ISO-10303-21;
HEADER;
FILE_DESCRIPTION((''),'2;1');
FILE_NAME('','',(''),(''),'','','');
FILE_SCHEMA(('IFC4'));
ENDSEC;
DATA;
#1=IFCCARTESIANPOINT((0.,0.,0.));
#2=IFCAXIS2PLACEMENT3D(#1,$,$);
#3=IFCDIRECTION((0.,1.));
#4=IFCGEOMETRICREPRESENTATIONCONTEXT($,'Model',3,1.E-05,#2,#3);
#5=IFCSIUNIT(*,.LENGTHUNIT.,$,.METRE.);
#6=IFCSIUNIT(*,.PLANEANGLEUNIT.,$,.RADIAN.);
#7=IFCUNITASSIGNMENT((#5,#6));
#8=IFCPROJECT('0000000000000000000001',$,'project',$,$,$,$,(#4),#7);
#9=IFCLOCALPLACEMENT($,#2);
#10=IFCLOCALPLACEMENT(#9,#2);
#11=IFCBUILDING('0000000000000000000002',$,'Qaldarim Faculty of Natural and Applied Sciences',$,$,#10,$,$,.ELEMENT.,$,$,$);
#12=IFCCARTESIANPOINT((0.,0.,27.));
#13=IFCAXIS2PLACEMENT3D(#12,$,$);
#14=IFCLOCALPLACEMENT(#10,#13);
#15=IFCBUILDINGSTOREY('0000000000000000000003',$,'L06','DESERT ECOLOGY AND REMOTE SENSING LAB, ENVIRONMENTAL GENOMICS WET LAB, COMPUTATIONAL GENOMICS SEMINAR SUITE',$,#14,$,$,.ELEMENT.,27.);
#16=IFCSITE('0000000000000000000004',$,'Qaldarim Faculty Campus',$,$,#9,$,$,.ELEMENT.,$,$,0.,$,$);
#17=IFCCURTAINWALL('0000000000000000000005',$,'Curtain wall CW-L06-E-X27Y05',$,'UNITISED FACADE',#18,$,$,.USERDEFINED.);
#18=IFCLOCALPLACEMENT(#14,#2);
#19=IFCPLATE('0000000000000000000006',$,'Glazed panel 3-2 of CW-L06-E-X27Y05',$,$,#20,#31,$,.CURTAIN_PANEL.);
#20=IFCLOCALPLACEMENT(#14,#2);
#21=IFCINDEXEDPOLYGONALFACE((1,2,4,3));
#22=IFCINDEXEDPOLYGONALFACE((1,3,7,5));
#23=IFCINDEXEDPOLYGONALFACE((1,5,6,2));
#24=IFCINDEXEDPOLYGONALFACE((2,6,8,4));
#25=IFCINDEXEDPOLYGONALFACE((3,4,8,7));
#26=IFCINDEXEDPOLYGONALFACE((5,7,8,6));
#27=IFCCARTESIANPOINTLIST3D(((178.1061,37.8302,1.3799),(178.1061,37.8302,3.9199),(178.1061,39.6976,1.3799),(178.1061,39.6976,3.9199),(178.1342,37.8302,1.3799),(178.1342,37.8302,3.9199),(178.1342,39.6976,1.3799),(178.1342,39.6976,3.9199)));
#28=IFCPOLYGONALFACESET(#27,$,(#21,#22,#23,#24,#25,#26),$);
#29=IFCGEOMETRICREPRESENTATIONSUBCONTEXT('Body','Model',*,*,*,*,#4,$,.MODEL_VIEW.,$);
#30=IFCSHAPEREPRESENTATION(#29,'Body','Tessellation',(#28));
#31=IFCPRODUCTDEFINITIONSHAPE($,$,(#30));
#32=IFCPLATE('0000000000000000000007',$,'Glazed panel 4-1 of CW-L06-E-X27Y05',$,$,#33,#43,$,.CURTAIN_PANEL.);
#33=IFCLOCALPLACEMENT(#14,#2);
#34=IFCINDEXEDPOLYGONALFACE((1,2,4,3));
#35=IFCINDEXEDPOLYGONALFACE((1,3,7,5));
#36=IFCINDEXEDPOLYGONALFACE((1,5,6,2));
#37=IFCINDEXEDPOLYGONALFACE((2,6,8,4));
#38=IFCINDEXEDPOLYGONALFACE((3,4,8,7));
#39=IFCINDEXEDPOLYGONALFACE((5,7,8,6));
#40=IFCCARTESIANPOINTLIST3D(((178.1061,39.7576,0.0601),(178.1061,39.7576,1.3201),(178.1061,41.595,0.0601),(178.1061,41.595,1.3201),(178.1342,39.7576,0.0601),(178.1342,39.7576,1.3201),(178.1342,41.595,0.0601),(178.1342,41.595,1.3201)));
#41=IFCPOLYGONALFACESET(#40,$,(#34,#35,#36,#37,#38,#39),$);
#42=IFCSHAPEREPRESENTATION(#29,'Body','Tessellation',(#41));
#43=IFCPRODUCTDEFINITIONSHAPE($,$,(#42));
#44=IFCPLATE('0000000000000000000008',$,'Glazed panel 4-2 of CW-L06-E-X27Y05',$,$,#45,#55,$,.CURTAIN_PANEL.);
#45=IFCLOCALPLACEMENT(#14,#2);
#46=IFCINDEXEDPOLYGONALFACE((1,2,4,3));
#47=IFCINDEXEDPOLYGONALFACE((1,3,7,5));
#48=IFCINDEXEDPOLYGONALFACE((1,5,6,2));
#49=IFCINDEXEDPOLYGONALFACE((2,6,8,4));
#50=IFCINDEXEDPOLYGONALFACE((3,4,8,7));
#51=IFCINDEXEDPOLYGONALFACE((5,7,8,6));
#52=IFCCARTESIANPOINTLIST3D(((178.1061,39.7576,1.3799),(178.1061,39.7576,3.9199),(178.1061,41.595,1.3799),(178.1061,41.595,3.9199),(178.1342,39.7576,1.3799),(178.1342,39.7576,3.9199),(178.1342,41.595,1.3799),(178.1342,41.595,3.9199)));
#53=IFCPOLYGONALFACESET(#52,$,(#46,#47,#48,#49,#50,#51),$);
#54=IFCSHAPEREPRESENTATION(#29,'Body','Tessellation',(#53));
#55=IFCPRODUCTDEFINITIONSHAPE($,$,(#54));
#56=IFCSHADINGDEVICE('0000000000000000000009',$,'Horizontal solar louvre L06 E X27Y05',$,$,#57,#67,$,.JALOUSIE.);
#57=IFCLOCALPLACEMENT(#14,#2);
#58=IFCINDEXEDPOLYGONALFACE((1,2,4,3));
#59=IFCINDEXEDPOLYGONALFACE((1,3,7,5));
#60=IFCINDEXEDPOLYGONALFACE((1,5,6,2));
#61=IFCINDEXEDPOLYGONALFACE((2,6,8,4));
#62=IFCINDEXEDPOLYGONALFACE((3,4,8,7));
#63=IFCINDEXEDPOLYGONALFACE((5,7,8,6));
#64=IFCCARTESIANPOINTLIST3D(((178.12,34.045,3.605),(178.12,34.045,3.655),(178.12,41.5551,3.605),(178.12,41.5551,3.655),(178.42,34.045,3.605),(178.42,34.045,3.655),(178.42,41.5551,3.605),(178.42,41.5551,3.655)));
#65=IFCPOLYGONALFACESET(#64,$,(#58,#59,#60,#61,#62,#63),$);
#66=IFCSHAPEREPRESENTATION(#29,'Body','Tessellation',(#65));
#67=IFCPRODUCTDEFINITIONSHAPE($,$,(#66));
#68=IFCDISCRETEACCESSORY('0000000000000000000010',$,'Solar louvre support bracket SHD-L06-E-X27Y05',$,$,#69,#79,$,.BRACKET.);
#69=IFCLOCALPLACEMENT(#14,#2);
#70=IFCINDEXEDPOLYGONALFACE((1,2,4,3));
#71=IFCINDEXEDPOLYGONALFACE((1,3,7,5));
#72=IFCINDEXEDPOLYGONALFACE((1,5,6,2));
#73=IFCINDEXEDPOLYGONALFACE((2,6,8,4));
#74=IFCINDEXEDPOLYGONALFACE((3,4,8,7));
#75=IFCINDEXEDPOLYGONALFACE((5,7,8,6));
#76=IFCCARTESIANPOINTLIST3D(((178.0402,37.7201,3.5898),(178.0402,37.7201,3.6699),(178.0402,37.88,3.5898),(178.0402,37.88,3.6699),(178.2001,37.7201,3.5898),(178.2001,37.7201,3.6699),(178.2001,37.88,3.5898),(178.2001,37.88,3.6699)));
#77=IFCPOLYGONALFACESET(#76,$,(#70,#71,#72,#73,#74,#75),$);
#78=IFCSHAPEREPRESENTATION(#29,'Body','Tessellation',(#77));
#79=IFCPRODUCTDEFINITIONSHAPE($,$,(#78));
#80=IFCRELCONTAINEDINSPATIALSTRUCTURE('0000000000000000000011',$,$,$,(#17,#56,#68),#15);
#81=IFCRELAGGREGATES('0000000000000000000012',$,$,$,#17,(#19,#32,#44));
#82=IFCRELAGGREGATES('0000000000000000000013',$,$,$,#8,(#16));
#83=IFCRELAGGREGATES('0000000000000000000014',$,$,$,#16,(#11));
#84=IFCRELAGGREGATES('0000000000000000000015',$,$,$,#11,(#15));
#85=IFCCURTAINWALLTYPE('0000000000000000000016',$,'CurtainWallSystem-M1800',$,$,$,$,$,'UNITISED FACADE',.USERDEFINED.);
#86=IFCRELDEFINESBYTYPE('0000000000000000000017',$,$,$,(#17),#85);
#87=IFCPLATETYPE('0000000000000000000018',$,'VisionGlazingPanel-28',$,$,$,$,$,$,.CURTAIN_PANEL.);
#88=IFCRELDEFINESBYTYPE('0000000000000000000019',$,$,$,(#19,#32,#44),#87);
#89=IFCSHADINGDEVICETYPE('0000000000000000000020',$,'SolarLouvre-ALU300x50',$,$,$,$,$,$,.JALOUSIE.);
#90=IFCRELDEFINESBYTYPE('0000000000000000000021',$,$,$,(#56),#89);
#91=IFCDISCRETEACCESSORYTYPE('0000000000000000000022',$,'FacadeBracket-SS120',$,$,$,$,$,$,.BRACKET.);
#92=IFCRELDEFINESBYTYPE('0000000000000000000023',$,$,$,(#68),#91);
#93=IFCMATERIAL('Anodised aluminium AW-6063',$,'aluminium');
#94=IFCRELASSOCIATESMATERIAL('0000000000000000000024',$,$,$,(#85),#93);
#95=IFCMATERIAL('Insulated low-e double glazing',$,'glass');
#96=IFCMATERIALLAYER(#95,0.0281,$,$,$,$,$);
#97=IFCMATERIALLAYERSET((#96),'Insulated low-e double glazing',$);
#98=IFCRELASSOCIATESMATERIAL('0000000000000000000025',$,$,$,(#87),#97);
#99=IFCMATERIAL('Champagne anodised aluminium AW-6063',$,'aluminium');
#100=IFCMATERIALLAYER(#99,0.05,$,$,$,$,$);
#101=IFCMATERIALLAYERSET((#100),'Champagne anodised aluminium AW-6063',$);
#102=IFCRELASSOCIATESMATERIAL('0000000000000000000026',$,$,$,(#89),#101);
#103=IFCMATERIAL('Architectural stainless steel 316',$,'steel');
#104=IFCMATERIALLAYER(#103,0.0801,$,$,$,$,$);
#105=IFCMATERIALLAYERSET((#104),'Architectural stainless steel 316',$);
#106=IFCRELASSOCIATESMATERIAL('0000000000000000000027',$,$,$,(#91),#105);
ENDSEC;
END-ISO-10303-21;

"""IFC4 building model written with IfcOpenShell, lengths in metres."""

from ifc_helpers import new_model, si_unit, direction, frame, origin, origin_2d, place, context, subcontext, project, spatial, rectangle, extrude, material, layer, layer_set, type_object, element, aggregate, save


model = new_model("IFC4")

# Units and contexts
model_context = context("Model", 3, precision=1e-05, world=origin(), true_north=direction((0.0, 1.0)))
body_context = subcontext(model_context, "Body", "Model", "MODEL_VIEW")
ifc_project = project(units=[si_unit("LENGTHUNIT", "METRE"), si_unit("PLANEANGLEUNIT", "RADIAN")], contexts=[model_context])

# Site, building, storey
site_placement = place(None, origin())
site = spatial("IfcSite", under=ifc_project, at=site_placement, Name="Qaldarim Faculty Campus", CompositionType="ELEMENT", RefElevation=0.0)
building_placement = place(site_placement, origin())
building = spatial("IfcBuilding", under=site, at=building_placement, Name="Qaldarim Faculty of Natural and Applied Sciences", CompositionType="ELEMENT")
storey_placement = place(building_placement, frame((0.0, 0.0, 27.0)))
storey = spatial("IfcBuildingStorey", under=building, at=storey_placement, Name="L06", Description="DESERT ECOLOGY AND REMOTE SENSING LAB, ENVIRONMENTAL GENOMICS WET LAB, COMPUTATIONAL GENOMICS SEMINAR SUITE", CompositionType="ELEMENT", Elevation=27.0)

# Curtain wall
ifc_material_1 = material(Name="Anodised aluminium AW-6063", Category="aluminium")
curtain_wall_type = type_object("IfcCurtainWallType", Name="CurtainWallSystem-M1800", ElementType="UNITISED FACADE", PredefinedType="USERDEFINED", material=ifc_material_1)
curtain_wall_placement = place(storey_placement, origin())
curtain_wall = element("IfcCurtainWall", 1, at=curtain_wall_placement, inside=storey, type_object=curtain_wall_type, Name="Curtain wall CW-L06-E-X27Y05", ObjectType="UNITISED FACADE", PredefinedType="USERDEFINED")

# Plates
ifc_material_2 = material(Name="Insulated low-e double glazing", Category="glass")
ifc_layer_1 = layer(ifc_material_2, 0.0281)
ifc_layer_set_1 = layer_set([ifc_layer_1], Name="Insulated low-e double glazing")
plate_type = type_object("IfcPlateType", Name="VisionGlazingPanel-28", PredefinedType="CURTAIN_PANEL", material=ifc_layer_set_1)
plate_1_placement = place(storey_placement, frame((178.1201, 38.7639, 1.3799), z_axis=(0.0, 0.0, 1.0), x_axis=(0.0, 1.0, 0.0)))
plate_1 = element("IfcPlate", 2, at=plate_1_placement, type_object=plate_type, Name="Glazed panel 3-2 of CW-L06-E-X27Y05", PredefinedType="CURTAIN_PANEL", context=body_context, shape_type="SweptSolid", body=[
    extrude(rectangle(XDim=1.8674, YDim=0.0281, at=origin_2d()), origin(), (0.0, 0.0, 1.0), 2.54),
])
plate_2_placement = place(storey_placement, frame((178.1201, 40.6763, 0.0601), z_axis=(0.0, 0.0, 1.0), x_axis=(0.0, 1.0, 0.0)))
plate_2 = element("IfcPlate", 3, at=plate_2_placement, type_object=plate_type, Name="Glazed panel 4-1 of CW-L06-E-X27Y05", PredefinedType="CURTAIN_PANEL", context=body_context, shape_type="SweptSolid", body=[
    extrude(rectangle(XDim=1.8374, YDim=0.0281, at=origin_2d()), origin(), (0.0, 0.0, 1.0), 1.26),
])
plate_3_placement = place(storey_placement, frame((178.1201, 40.6763, 1.3799), z_axis=(0.0, 0.0, 1.0), x_axis=(0.0, 1.0, 0.0)))
plate_3 = element("IfcPlate", 4, at=plate_3_placement, type_object=plate_type, Name="Glazed panel 4-2 of CW-L06-E-X27Y05", PredefinedType="CURTAIN_PANEL", context=body_context, shape_type="SweptSolid", body=[
    extrude(rectangle(XDim=1.8374, YDim=0.0281, at=origin_2d()), origin(), (0.0, 0.0, 1.0), 2.54),
])
aggregate(curtain_wall, [plate_1, plate_2, plate_3])

# Shading device
ifc_material_3 = material(Name="Champagne anodised aluminium AW-6063", Category="aluminium")
ifc_layer_2 = layer(ifc_material_3, 0.05)
ifc_layer_set_2 = layer_set([ifc_layer_2], Name="Champagne anodised aluminium AW-6063")
shading_device_type = type_object("IfcShadingDeviceType", Name="SolarLouvre-ALU300x50", PredefinedType="JALOUSIE", material=ifc_layer_set_2)
shading_device_placement = place(storey_placement, frame((178.27, 37.8, 3.605), z_axis=(0.0, 0.0, 1.0), x_axis=(0.0, 1.0, 0.0)))
element("IfcShadingDevice", 5, at=shading_device_placement, inside=storey, type_object=shading_device_type, Name="Horizontal solar louvre L06 E X27Y05", PredefinedType="JALOUSIE", context=body_context, shape_type="SweptSolid", body=[
    extrude(rectangle(XDim=7.51, YDim=0.3, at=origin_2d()), origin(), (0.0, 0.0, 1.0), 0.05),
])

# Discrete accessory
ifc_material_4 = material(Name="Architectural stainless steel 316", Category="steel")
ifc_layer_3 = layer(ifc_material_4, 0.0801)
ifc_layer_set_3 = layer_set([ifc_layer_3], Name="Architectural stainless steel 316")
discrete_accessory_type = type_object("IfcDiscreteAccessoryType", Name="FacadeBracket-SS120", PredefinedType="BRACKET", material=ifc_layer_set_3)
discrete_accessory_placement = place(storey_placement, frame((178.1201, 37.8, 3.5898), z_axis=(0.0, 0.0, 1.0), x_axis=(0.0, 1.0, 0.0)))
element("IfcDiscreteAccessory", 6, at=discrete_accessory_placement, inside=storey, type_object=discrete_accessory_type, Name="Solar louvre support bracket SHD-L06-E-X27Y05", PredefinedType="BRACKET", context=body_context, shape_type="SweptSolid", body=[
    extrude(rectangle(XDim=0.1599, YDim=0.1599, at=origin_2d()), origin(), (0.0, 0.0, 1.0), 0.0801),
])

save(model, "model.ifc")
